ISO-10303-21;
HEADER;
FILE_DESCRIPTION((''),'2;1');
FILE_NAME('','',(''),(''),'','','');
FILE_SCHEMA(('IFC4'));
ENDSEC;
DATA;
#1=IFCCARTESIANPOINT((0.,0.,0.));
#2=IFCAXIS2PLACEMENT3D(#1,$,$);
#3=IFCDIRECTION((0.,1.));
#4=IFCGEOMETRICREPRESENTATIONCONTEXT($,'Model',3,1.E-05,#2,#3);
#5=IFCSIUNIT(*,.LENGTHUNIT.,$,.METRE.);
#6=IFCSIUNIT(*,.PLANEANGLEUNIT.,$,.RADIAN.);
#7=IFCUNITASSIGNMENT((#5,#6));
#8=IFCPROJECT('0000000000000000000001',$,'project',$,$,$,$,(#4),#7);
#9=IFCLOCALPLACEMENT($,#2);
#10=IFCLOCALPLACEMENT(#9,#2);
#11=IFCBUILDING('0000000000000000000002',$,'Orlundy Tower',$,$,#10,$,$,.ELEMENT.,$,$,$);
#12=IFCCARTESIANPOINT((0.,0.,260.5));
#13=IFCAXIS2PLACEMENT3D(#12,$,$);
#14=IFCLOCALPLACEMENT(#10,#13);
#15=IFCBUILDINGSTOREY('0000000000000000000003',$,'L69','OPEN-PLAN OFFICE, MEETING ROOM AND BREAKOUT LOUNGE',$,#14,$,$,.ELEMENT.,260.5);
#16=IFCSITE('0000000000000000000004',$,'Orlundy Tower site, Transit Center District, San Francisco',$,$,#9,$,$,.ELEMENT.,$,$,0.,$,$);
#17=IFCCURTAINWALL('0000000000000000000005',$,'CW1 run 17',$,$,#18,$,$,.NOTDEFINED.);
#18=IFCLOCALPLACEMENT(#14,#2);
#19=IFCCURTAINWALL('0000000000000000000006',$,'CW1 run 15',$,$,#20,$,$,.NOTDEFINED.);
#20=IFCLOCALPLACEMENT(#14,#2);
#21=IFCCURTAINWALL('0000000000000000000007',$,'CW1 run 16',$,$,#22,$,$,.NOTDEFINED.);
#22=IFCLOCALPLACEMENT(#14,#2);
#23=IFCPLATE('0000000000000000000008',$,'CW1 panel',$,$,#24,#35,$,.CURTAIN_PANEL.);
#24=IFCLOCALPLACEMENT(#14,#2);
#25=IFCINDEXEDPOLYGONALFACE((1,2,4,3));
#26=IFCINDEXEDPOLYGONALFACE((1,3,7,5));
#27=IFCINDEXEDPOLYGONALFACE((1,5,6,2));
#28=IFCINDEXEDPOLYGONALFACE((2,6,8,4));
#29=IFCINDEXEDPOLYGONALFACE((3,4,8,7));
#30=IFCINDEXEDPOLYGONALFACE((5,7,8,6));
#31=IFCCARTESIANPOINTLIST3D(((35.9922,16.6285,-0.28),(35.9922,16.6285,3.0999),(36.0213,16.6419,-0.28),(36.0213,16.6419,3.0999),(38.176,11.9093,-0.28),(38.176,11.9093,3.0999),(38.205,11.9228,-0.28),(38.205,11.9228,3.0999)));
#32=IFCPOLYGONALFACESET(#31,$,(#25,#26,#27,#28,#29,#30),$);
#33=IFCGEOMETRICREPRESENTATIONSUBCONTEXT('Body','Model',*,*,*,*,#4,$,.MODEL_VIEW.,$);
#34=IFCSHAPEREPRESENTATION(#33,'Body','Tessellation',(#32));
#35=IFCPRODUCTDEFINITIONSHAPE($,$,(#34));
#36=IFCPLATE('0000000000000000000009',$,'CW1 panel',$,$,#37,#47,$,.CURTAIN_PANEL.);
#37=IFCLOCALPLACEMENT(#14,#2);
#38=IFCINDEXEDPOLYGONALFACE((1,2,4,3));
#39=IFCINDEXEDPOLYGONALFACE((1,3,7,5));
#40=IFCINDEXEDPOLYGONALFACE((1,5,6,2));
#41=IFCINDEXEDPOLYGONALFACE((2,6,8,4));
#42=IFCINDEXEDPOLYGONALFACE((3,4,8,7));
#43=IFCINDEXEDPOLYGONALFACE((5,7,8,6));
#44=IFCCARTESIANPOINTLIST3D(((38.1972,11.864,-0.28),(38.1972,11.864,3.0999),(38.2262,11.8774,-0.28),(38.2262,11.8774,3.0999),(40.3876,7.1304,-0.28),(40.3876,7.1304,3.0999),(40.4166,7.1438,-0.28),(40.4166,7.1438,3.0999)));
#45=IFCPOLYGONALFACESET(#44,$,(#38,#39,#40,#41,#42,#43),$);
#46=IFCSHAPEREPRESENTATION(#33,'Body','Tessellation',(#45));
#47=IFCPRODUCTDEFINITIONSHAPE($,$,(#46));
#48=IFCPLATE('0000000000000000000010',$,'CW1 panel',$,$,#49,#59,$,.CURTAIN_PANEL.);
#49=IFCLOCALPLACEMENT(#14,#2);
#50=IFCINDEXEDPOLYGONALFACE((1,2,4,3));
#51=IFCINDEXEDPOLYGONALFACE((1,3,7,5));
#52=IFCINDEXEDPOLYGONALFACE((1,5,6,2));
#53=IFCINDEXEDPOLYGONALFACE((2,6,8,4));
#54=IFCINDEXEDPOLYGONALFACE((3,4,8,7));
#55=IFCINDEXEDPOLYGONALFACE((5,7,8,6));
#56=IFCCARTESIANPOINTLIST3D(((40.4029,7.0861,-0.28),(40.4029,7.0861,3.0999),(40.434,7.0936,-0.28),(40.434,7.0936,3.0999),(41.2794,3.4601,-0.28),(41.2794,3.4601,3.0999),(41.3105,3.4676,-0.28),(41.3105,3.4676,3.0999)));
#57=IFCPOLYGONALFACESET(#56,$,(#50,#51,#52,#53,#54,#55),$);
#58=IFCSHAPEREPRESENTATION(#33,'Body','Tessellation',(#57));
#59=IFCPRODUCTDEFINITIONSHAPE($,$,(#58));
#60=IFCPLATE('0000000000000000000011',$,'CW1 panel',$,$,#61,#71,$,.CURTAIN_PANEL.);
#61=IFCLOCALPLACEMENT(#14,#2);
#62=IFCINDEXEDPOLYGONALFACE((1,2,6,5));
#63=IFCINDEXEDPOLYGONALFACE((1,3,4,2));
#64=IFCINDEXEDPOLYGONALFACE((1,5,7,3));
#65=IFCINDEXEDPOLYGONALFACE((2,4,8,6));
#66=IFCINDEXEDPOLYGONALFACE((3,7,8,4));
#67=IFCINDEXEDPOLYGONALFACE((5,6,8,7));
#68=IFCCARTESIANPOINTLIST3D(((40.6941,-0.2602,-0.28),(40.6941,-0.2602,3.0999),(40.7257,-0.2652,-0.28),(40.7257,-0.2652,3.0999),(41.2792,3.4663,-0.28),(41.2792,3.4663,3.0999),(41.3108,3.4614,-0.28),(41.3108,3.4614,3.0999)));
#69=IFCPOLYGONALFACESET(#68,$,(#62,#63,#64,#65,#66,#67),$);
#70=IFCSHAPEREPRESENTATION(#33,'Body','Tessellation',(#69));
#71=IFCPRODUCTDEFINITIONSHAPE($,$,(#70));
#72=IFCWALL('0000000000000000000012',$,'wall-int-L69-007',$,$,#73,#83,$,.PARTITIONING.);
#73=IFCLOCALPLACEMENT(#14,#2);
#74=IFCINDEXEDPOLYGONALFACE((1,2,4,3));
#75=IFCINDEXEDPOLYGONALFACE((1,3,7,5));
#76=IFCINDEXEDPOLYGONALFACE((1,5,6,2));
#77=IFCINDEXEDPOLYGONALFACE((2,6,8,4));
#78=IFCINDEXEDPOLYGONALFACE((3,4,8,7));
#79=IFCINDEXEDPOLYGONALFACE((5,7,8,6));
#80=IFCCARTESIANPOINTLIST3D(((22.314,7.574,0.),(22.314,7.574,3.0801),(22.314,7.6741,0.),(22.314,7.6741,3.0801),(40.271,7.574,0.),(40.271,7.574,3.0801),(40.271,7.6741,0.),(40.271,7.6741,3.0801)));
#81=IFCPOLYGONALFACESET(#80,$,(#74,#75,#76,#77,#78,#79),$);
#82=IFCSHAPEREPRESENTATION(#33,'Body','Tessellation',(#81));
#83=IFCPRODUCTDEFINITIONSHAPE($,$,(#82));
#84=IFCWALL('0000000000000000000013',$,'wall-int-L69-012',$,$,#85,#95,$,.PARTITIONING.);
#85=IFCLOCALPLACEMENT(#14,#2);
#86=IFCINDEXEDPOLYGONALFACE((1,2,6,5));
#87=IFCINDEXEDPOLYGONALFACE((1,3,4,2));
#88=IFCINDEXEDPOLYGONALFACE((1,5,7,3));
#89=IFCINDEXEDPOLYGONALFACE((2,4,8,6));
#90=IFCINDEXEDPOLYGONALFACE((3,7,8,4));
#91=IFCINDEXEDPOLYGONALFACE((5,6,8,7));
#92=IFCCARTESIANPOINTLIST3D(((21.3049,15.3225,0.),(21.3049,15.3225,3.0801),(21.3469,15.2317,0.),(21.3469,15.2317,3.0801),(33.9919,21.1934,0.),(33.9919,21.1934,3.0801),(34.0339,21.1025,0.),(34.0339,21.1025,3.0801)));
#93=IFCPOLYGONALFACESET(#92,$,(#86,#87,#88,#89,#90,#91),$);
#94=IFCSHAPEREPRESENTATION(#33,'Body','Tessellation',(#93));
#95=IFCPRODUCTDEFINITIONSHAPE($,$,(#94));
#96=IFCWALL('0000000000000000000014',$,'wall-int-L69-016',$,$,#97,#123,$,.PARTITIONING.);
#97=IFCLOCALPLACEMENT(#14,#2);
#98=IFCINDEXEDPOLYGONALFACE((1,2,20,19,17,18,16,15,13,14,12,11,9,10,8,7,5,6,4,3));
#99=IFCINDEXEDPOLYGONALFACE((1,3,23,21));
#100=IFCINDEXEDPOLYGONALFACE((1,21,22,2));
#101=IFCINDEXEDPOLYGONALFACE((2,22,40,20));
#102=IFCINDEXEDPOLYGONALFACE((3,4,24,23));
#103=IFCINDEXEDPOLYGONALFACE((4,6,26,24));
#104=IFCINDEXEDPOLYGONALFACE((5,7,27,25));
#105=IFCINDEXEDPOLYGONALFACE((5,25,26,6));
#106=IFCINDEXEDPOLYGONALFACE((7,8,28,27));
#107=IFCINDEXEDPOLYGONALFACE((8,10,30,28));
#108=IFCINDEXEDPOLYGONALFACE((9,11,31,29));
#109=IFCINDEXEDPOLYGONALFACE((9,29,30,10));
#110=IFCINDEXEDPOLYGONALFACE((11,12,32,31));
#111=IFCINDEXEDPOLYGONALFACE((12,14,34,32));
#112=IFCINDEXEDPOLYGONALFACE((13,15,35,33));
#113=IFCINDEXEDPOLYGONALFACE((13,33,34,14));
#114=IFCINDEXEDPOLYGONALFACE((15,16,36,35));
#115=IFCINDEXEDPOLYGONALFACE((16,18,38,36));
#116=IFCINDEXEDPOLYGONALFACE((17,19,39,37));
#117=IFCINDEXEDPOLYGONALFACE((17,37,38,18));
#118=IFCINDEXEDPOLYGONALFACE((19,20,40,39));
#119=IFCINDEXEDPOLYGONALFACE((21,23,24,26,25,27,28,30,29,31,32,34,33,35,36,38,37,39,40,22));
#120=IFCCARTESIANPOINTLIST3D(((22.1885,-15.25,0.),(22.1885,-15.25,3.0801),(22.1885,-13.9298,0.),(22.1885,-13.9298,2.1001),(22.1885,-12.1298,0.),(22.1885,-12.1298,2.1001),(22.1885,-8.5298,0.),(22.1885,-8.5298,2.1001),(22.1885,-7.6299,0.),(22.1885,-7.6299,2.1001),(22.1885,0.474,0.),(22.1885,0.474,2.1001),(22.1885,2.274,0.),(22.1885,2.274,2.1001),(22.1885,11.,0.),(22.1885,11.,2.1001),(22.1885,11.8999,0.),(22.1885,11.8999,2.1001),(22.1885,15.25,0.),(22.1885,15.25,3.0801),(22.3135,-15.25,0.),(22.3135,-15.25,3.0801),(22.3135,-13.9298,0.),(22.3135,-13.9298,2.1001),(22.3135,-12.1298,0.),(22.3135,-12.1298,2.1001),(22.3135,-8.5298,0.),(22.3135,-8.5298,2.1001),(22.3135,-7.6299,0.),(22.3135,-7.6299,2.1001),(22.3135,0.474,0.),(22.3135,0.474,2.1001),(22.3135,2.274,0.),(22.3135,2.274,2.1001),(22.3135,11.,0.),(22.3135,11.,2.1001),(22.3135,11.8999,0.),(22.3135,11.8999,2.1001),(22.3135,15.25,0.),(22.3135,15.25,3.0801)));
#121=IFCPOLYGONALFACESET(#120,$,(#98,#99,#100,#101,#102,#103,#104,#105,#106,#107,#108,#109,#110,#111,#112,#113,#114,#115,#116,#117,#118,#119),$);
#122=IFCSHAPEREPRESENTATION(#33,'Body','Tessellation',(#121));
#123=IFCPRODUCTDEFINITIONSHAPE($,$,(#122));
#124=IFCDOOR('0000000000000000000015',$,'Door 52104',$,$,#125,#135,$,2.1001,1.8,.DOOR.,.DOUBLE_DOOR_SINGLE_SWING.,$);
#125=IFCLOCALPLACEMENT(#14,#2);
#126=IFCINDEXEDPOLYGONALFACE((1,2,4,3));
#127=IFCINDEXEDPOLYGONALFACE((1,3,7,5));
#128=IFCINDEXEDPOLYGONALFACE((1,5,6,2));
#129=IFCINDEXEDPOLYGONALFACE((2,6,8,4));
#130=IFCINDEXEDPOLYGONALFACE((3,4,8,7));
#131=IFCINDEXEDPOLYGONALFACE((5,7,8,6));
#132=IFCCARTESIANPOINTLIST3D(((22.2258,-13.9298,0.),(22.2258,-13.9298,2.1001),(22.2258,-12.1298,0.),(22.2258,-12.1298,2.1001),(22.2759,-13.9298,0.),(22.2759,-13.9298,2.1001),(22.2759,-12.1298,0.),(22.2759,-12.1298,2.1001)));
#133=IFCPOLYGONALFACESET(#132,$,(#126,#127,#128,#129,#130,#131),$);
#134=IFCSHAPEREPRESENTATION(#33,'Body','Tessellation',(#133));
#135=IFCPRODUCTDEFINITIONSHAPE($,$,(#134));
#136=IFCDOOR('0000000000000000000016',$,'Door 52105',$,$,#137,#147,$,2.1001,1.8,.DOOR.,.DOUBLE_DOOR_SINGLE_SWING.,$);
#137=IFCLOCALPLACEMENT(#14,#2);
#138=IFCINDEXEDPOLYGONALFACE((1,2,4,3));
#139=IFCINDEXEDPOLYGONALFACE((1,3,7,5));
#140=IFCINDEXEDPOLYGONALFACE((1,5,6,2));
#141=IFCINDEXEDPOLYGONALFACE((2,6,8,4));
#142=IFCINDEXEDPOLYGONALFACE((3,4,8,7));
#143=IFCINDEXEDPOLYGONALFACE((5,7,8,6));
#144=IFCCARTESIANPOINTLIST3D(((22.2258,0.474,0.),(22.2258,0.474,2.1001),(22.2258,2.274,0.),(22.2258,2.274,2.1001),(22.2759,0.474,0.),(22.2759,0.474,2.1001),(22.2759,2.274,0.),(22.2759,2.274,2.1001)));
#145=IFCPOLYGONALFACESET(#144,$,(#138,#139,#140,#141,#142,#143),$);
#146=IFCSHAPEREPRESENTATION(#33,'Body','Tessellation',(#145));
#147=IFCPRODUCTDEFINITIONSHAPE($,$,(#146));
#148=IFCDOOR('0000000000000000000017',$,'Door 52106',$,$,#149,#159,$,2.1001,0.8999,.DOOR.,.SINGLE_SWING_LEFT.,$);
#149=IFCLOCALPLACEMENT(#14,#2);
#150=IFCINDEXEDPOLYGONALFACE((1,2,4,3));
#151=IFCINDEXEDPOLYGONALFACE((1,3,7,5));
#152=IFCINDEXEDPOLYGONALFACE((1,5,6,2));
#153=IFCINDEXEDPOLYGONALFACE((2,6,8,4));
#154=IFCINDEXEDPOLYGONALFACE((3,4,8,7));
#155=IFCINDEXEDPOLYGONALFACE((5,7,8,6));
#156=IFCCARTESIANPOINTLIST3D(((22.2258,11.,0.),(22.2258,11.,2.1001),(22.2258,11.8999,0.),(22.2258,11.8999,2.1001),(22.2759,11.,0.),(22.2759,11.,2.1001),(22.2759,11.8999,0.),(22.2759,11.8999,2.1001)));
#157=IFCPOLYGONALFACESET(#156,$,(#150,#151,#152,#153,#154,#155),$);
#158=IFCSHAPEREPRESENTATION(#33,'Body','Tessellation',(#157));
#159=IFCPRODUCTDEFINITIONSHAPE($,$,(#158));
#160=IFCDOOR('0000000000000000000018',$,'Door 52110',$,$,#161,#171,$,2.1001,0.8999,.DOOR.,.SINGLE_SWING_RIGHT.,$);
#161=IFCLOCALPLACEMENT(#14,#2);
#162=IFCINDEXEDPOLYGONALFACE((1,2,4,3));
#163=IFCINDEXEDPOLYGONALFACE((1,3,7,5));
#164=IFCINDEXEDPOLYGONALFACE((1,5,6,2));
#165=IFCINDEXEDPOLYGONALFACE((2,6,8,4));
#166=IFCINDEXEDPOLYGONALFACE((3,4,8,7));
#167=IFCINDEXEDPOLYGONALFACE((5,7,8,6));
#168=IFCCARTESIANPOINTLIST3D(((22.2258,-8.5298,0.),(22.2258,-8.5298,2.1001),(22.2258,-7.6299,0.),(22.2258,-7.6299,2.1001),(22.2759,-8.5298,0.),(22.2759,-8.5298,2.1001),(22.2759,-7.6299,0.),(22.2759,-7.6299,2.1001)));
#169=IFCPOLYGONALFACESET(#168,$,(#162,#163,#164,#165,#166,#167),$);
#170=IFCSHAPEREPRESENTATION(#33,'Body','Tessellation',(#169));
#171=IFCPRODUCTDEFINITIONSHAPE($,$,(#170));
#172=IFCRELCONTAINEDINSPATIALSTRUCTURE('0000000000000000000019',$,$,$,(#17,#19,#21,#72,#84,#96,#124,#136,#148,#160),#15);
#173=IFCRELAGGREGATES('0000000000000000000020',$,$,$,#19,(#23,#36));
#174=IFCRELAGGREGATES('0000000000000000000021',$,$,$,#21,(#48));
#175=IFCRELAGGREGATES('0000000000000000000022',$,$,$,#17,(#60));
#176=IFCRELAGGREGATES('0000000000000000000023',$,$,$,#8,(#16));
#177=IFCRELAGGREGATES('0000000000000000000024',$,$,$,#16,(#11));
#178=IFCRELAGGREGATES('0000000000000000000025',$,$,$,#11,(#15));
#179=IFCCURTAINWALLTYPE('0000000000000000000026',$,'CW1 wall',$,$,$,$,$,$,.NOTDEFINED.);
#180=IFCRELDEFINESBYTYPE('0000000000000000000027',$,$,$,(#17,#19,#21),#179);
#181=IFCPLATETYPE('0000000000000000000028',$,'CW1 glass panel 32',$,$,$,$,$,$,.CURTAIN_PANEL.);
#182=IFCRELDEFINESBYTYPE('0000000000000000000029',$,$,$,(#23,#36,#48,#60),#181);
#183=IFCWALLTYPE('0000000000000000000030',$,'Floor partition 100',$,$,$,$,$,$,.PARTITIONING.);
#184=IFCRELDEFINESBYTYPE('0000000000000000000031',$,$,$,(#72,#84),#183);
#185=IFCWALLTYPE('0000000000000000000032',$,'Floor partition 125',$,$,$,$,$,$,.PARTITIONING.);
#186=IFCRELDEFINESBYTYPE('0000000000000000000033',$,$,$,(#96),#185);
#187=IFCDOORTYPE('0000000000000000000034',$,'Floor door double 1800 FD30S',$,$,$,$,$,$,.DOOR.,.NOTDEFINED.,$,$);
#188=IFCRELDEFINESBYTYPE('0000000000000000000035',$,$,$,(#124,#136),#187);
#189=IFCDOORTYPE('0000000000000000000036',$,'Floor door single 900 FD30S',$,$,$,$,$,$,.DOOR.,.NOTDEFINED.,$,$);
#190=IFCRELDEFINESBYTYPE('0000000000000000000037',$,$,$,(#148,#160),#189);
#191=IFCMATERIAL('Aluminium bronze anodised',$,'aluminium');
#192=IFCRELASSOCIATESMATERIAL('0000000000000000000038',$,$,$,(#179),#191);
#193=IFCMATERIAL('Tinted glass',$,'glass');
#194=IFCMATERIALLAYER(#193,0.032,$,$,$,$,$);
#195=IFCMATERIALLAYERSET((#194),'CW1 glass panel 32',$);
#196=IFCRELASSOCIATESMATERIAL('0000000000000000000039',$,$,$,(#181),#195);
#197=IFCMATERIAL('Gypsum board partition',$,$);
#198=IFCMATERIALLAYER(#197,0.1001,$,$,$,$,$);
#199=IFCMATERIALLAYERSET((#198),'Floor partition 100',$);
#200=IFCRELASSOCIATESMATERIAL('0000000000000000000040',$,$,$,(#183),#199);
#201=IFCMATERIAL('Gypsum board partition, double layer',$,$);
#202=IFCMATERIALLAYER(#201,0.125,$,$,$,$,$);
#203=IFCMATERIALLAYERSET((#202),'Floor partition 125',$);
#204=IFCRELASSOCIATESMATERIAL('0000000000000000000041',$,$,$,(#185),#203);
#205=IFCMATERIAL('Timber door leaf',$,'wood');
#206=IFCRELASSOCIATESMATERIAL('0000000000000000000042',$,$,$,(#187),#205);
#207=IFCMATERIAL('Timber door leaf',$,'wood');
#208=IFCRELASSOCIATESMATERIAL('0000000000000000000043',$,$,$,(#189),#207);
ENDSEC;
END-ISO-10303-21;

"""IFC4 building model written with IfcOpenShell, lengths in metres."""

from ifc_helpers import new_model, si_unit, direction, frame, frame_2d, origin, origin_2d, place, context, subcontext, project, spatial, rectangle, extrude, material, layer, layer_set, type_object, element, fill, aggregate, save


model = new_model("IFC4")

# Units and contexts
model_context = context("Model", 3, precision=1e-05, world=origin(), true_north=direction((0.0, 1.0)))
body_context = subcontext(model_context, "Body", "Model", "MODEL_VIEW")
ifc_project = project(units=[si_unit("LENGTHUNIT", "METRE"), si_unit("PLANEANGLEUNIT", "RADIAN")], contexts=[model_context])

# Site, building, storey
site_placement = place(None, origin())
site = spatial("IfcSite", under=ifc_project, at=site_placement, Name="Orlundy Tower site, Transit Center District, San Francisco", CompositionType="ELEMENT", RefElevation=0.0)
building_placement = place(site_placement, origin())
building = spatial("IfcBuilding", under=site, at=building_placement, Name="Orlundy Tower", CompositionType="ELEMENT")
storey_placement = place(building_placement, frame((0.0, 0.0, 260.5)))
storey = spatial("IfcBuildingStorey", under=building, at=storey_placement, Name="L69", Description="OPEN-PLAN OFFICE, MEETING ROOM AND BREAKOUT LOUNGE", CompositionType="ELEMENT", Elevation=260.5)

# Curtain wall
ifc_material_1 = material(Name="Aluminium bronze anodised", Category="aluminium")
curtain_wall_type = type_object("IfcCurtainWallType", Name="CW1 wall", PredefinedType="NOTDEFINED", material=ifc_material_1)
curtain_wall_1_placement = place(storey_placement, origin())
curtain_wall_1 = element("IfcCurtainWall", 1, at=curtain_wall_1_placement, inside=storey, type_object=curtain_wall_type, Name="CW1 run 17", PredefinedType="NOTDEFINED")

# Curtain wall
curtain_wall_2_placement = place(storey_placement, origin())
curtain_wall_2 = element("IfcCurtainWall", 2, at=curtain_wall_2_placement, inside=storey, type_object=curtain_wall_type, Name="CW1 run 15", PredefinedType="NOTDEFINED")

# Curtain wall
curtain_wall_3_placement = place(storey_placement, origin())
curtain_wall_3 = element("IfcCurtainWall", 3, at=curtain_wall_3_placement, inside=storey, type_object=curtain_wall_type, Name="CW1 run 16", PredefinedType="NOTDEFINED")

# Plates
ifc_material_2 = material(Name="Tinted glass", Category="glass")
ifc_layer_1 = layer(ifc_material_2, 0.032)
ifc_layer_set_1 = layer_set([ifc_layer_1], Name="CW1 glass panel 32")
plate_type = type_object("IfcPlateType", Name="CW1 glass panel 32", PredefinedType="CURTAIN_PANEL", material=ifc_layer_set_1)
plate_1_placement = place(storey_placement, frame((37.0986, 14.2756, -0.28), z_axis=(0.0, 0.0, 1.0), x_axis=(0.419961, -0.907542, 0.0)))
plate_1 = element("IfcPlate", 4, at=plate_1_placement, type_object=plate_type, Name="CW1 panel", PredefinedType="CURTAIN_PANEL", context=body_context, shape_type="SweptSolid", body=[
    extrude(rectangle(XDim=5.2, YDim=0.032, at=origin_2d()), origin(), (0.0, 0.0, 1.0), 3.3799),
])
plate_2_placement = place(storey_placement, frame((39.3069, 9.5039, -0.28), z_axis=(0.0, 0.0, 1.0), x_axis=(0.419961, -0.907542, 0.0)))
plate_2 = element("IfcPlate", 5, at=plate_2_placement, type_object=plate_type, Name="CW1 panel", PredefinedType="CURTAIN_PANEL", context=body_context, shape_type="SweptSolid", body=[
    extrude(rectangle(XDim=5.2158, YDim=0.032, at=origin_2d()), origin(), (0.0, 0.0, 1.0), 3.3799),
])
aggregate(curtain_wall_2, [plate_1, plate_2])
plate_3_placement = place(storey_placement, frame((40.8567, 5.2769, -0.28), z_axis=(0.0, 0.0, 1.0), x_axis=(0.234975, -0.972002, 0.0)))
plate_3 = element("IfcPlate", 6, at=plate_3_placement, type_object=plate_type, Name="CW1 panel", PredefinedType="CURTAIN_PANEL", context=body_context, shape_type="SweptSolid", body=[
    extrude(rectangle(XDim=3.7305, YDim=0.032, at=origin_2d()), origin(), (0.0, 0.0, 1.0), 3.3799),
])
aggregate(curtain_wall_3, [plate_3])
plate_4_placement = place(storey_placement, frame((41.0024, 1.6006, -0.28), z_axis=(0.0, 0.0, 1.0), x_axis=(-0.155117, -0.987896, 0.0)))
plate_4 = element("IfcPlate", 7, at=plate_4_placement, type_object=plate_type, Name="CW1 panel", PredefinedType="CURTAIN_PANEL", context=body_context, shape_type="SweptSolid", body=[
    extrude(rectangle(XDim=3.7722, YDim=0.032, at=origin_2d()), origin(), (0.0, 0.0, 1.0), 3.3799),
])
aggregate(curtain_wall_1, [plate_4])

# Walls
ifc_material_3 = material(Name="Gypsum board partition")
ifc_layer_2 = layer(ifc_material_3, 0.1001)
ifc_layer_set_2 = layer_set([ifc_layer_2], Name="Floor partition 100")
wall_type_1 = type_object("IfcWallType", Name="Floor partition 100", PredefinedType="PARTITIONING", material=ifc_layer_set_2)
wall_1_placement = place(storey_placement, frame((22.314, 7.624, 0.0), z_axis=(0.0, 0.0, 1.0), x_axis=(1.0, 0.0, 0.0)))
element("IfcWall", 8, at=wall_1_placement, inside=storey, type_object=wall_type_1, Name="wall-int-L69-007", PredefinedType="PARTITIONING", context=body_context, shape_type="SweptSolid", body=[
    extrude(rectangle(XDim=17.957, YDim=0.1001, at=frame_2d((8.9785, 0.0))), origin(), (0.0, 0.0, 1.0), 3.0801),
])
wall_2_placement = place(storey_placement, frame((21.3259, 15.2771, 0.0), z_axis=(0.0, 0.0, 1.0), x_axis=(0.907542, 0.419961, 0.0)))
element("IfcWall", 9, at=wall_2_placement, inside=storey, type_object=wall_type_1, Name="wall-int-L69-012", PredefinedType="PARTITIONING", context=body_context, shape_type="SweptSolid", body=[
    extrude(rectangle(XDim=13.9795, YDim=0.1001, at=frame_2d((6.9897, 0.0))), origin(), (0.0, 0.0, 1.0), 3.0801),
])

# Wall, openings, doors
ifc_material_4 = material(Name="Gypsum board partition, double layer")
ifc_layer_3 = layer(ifc_material_4, 0.125)
ifc_layer_set_3 = layer_set([ifc_layer_3], Name="Floor partition 125")
wall_type_2 = type_object("IfcWallType", Name="Floor partition 125", PredefinedType="PARTITIONING", material=ifc_layer_set_3)
wall_3_placement = place(storey_placement, frame((22.251, 15.25, 0.0), z_axis=(0.0, 0.0, 1.0), x_axis=(0.0, -1.0, 0.0)))
wall_3 = element("IfcWall", 10, at=wall_3_placement, inside=storey, type_object=wall_type_2, Name="wall-int-L69-016", PredefinedType="PARTITIONING", context=body_context, shape_type="SweptSolid", body=[
    extrude(rectangle(XDim=30.5, YDim=0.125, at=frame_2d((15.25, 0.0))), origin(), (0.0, 0.0, 1.0), 3.0801),
])
opening_1_placement = place(wall_3_placement, frame((27.3799, 0.0, 0.0)))
opening_1 = element("IfcOpeningElement", 11, at=opening_1_placement, cuts=wall_3, PredefinedType="OPENING", context=body_context, shape_type="SweptSolid", body=[
    extrude(rectangle(XDim=1.8, YDim=2.1001, at=frame_2d((0.8999, 1.05))), frame((0.0, 0.0725, 0.0), z_axis=(0.0, -1.0, 0.0), x_axis=(1.0, 0.0, 0.0)), (0.0, 0.0, 1.0), 0.145),
])
opening_2_placement = place(wall_3_placement, frame((12.9761, 0.0, 0.0)))
opening_2 = element("IfcOpeningElement", 12, at=opening_2_placement, cuts=wall_3, PredefinedType="OPENING", context=body_context, shape_type="SweptSolid", body=[
    extrude(rectangle(XDim=1.8, YDim=2.1001, at=frame_2d((0.8999, 1.05))), frame((0.0, 0.0725, 0.0), z_axis=(0.0, -1.0, 0.0), x_axis=(1.0, 0.0, 0.0)), (0.0, 0.0, 1.0), 0.145),
])
opening_3_placement = place(wall_3_placement, frame((3.3501, 0.0, 0.0)))
opening_3 = element("IfcOpeningElement", 13, at=opening_3_placement, cuts=wall_3, PredefinedType="OPENING", context=body_context, shape_type="SweptSolid", body=[
    extrude(rectangle(XDim=0.8999, YDim=2.1001, at=frame_2d((0.45, 1.05))), frame((0.0, 0.0725, 0.0), z_axis=(0.0, -1.0, 0.0), x_axis=(1.0, 0.0, 0.0)), (0.0, 0.0, 1.0), 0.145),
])
opening_4_placement = place(wall_3_placement, frame((22.8799, 0.0, 0.0)))
opening_4 = element("IfcOpeningElement", 14, at=opening_4_placement, cuts=wall_3, PredefinedType="OPENING", context=body_context, shape_type="SweptSolid", body=[
    extrude(rectangle(XDim=0.8999, YDim=2.1001, at=frame_2d((0.45, 1.05))), frame((0.0, 0.0725, 0.0), z_axis=(0.0, -1.0, 0.0), x_axis=(1.0, 0.0, 0.0)), (0.0, 0.0, 1.0), 0.145),
])
ifc_material_5 = material(Name="Timber door leaf", Category="wood")
door_type_1 = type_object("IfcDoorType", Name="Floor door double 1800 FD30S", OperationType="NOTDEFINED", PredefinedType="DOOR", material=ifc_material_5)
door_1_placement = place(opening_1_placement, origin())
door_1 = element("IfcDoor", 15, at=door_1_placement, inside=storey, type_object=door_type_1, Name="Door 52104", OperationType="DOUBLE_DOOR_SINGLE_SWING", OverallHeight=2.1001, OverallWidth=1.8, PredefinedType="DOOR", context=body_context, shape_type="SweptSolid", body=[
    extrude(rectangle(XDim=1.8, YDim=2.1001, at=frame_2d((0.8999, 1.05))), frame((0.0, 0.0249, 0.0), z_axis=(0.0, -1.0, 0.0), x_axis=(1.0, 0.0, 0.0)), (0.0, 0.0, 1.0), 0.05),
])
fill(opening_1, door_1)
door_2_placement = place(opening_2_placement, origin())
door_2 = element("IfcDoor", 16, at=door_2_placement, inside=storey, type_object=door_type_1, Name="Door 52105", OperationType="DOUBLE_DOOR_SINGLE_SWING", OverallHeight=2.1001, OverallWidth=1.8, PredefinedType="DOOR", context=body_context, shape_type="SweptSolid", body=[
    extrude(rectangle(XDim=1.8, YDim=2.1001, at=frame_2d((0.8999, 1.05))), frame((0.0, 0.0249, 0.0), z_axis=(0.0, -1.0, 0.0), x_axis=(1.0, 0.0, 0.0)), (0.0, 0.0, 1.0), 0.05),
])
fill(opening_2, door_2)
ifc_material_6 = material(Name="Timber door leaf", Category="wood")
door_type_2 = type_object("IfcDoorType", Name="Floor door single 900 FD30S", OperationType="NOTDEFINED", PredefinedType="DOOR", material=ifc_material_6)
door_3_placement = place(opening_3_placement, origin())
door_3 = element("IfcDoor", 17, at=door_3_placement, inside=storey, type_object=door_type_2, Name="Door 52106", OperationType="SINGLE_SWING_LEFT", OverallHeight=2.1001, OverallWidth=0.8999, PredefinedType="DOOR", context=body_context, shape_type="SweptSolid", body=[
    extrude(rectangle(XDim=0.8999, YDim=2.1001, at=frame_2d((0.45, 1.05))), frame((0.0, 0.0249, 0.0), z_axis=(0.0, -1.0, 0.0), x_axis=(1.0, 0.0, 0.0)), (0.0, 0.0, 1.0), 0.05),
])
fill(opening_3, door_3)
door_4_placement = place(opening_4_placement, origin())
door_4 = element("IfcDoor", 18, at=door_4_placement, inside=storey, type_object=door_type_2, Name="Door 52110", OperationType="SINGLE_SWING_RIGHT", OverallHeight=2.1001, OverallWidth=0.8999, PredefinedType="DOOR", context=body_context, shape_type="SweptSolid", body=[
    extrude(rectangle(XDim=0.8999, YDim=2.1001, at=frame_2d((0.45, 1.05))), frame((0.0, 0.0249, 0.0), z_axis=(0.0, -1.0, 0.0), x_axis=(1.0, 0.0, 0.0)), (0.0, 0.0, 1.0), 0.05),
])
fill(opening_4, door_4)

save(model, "model.ifc")
